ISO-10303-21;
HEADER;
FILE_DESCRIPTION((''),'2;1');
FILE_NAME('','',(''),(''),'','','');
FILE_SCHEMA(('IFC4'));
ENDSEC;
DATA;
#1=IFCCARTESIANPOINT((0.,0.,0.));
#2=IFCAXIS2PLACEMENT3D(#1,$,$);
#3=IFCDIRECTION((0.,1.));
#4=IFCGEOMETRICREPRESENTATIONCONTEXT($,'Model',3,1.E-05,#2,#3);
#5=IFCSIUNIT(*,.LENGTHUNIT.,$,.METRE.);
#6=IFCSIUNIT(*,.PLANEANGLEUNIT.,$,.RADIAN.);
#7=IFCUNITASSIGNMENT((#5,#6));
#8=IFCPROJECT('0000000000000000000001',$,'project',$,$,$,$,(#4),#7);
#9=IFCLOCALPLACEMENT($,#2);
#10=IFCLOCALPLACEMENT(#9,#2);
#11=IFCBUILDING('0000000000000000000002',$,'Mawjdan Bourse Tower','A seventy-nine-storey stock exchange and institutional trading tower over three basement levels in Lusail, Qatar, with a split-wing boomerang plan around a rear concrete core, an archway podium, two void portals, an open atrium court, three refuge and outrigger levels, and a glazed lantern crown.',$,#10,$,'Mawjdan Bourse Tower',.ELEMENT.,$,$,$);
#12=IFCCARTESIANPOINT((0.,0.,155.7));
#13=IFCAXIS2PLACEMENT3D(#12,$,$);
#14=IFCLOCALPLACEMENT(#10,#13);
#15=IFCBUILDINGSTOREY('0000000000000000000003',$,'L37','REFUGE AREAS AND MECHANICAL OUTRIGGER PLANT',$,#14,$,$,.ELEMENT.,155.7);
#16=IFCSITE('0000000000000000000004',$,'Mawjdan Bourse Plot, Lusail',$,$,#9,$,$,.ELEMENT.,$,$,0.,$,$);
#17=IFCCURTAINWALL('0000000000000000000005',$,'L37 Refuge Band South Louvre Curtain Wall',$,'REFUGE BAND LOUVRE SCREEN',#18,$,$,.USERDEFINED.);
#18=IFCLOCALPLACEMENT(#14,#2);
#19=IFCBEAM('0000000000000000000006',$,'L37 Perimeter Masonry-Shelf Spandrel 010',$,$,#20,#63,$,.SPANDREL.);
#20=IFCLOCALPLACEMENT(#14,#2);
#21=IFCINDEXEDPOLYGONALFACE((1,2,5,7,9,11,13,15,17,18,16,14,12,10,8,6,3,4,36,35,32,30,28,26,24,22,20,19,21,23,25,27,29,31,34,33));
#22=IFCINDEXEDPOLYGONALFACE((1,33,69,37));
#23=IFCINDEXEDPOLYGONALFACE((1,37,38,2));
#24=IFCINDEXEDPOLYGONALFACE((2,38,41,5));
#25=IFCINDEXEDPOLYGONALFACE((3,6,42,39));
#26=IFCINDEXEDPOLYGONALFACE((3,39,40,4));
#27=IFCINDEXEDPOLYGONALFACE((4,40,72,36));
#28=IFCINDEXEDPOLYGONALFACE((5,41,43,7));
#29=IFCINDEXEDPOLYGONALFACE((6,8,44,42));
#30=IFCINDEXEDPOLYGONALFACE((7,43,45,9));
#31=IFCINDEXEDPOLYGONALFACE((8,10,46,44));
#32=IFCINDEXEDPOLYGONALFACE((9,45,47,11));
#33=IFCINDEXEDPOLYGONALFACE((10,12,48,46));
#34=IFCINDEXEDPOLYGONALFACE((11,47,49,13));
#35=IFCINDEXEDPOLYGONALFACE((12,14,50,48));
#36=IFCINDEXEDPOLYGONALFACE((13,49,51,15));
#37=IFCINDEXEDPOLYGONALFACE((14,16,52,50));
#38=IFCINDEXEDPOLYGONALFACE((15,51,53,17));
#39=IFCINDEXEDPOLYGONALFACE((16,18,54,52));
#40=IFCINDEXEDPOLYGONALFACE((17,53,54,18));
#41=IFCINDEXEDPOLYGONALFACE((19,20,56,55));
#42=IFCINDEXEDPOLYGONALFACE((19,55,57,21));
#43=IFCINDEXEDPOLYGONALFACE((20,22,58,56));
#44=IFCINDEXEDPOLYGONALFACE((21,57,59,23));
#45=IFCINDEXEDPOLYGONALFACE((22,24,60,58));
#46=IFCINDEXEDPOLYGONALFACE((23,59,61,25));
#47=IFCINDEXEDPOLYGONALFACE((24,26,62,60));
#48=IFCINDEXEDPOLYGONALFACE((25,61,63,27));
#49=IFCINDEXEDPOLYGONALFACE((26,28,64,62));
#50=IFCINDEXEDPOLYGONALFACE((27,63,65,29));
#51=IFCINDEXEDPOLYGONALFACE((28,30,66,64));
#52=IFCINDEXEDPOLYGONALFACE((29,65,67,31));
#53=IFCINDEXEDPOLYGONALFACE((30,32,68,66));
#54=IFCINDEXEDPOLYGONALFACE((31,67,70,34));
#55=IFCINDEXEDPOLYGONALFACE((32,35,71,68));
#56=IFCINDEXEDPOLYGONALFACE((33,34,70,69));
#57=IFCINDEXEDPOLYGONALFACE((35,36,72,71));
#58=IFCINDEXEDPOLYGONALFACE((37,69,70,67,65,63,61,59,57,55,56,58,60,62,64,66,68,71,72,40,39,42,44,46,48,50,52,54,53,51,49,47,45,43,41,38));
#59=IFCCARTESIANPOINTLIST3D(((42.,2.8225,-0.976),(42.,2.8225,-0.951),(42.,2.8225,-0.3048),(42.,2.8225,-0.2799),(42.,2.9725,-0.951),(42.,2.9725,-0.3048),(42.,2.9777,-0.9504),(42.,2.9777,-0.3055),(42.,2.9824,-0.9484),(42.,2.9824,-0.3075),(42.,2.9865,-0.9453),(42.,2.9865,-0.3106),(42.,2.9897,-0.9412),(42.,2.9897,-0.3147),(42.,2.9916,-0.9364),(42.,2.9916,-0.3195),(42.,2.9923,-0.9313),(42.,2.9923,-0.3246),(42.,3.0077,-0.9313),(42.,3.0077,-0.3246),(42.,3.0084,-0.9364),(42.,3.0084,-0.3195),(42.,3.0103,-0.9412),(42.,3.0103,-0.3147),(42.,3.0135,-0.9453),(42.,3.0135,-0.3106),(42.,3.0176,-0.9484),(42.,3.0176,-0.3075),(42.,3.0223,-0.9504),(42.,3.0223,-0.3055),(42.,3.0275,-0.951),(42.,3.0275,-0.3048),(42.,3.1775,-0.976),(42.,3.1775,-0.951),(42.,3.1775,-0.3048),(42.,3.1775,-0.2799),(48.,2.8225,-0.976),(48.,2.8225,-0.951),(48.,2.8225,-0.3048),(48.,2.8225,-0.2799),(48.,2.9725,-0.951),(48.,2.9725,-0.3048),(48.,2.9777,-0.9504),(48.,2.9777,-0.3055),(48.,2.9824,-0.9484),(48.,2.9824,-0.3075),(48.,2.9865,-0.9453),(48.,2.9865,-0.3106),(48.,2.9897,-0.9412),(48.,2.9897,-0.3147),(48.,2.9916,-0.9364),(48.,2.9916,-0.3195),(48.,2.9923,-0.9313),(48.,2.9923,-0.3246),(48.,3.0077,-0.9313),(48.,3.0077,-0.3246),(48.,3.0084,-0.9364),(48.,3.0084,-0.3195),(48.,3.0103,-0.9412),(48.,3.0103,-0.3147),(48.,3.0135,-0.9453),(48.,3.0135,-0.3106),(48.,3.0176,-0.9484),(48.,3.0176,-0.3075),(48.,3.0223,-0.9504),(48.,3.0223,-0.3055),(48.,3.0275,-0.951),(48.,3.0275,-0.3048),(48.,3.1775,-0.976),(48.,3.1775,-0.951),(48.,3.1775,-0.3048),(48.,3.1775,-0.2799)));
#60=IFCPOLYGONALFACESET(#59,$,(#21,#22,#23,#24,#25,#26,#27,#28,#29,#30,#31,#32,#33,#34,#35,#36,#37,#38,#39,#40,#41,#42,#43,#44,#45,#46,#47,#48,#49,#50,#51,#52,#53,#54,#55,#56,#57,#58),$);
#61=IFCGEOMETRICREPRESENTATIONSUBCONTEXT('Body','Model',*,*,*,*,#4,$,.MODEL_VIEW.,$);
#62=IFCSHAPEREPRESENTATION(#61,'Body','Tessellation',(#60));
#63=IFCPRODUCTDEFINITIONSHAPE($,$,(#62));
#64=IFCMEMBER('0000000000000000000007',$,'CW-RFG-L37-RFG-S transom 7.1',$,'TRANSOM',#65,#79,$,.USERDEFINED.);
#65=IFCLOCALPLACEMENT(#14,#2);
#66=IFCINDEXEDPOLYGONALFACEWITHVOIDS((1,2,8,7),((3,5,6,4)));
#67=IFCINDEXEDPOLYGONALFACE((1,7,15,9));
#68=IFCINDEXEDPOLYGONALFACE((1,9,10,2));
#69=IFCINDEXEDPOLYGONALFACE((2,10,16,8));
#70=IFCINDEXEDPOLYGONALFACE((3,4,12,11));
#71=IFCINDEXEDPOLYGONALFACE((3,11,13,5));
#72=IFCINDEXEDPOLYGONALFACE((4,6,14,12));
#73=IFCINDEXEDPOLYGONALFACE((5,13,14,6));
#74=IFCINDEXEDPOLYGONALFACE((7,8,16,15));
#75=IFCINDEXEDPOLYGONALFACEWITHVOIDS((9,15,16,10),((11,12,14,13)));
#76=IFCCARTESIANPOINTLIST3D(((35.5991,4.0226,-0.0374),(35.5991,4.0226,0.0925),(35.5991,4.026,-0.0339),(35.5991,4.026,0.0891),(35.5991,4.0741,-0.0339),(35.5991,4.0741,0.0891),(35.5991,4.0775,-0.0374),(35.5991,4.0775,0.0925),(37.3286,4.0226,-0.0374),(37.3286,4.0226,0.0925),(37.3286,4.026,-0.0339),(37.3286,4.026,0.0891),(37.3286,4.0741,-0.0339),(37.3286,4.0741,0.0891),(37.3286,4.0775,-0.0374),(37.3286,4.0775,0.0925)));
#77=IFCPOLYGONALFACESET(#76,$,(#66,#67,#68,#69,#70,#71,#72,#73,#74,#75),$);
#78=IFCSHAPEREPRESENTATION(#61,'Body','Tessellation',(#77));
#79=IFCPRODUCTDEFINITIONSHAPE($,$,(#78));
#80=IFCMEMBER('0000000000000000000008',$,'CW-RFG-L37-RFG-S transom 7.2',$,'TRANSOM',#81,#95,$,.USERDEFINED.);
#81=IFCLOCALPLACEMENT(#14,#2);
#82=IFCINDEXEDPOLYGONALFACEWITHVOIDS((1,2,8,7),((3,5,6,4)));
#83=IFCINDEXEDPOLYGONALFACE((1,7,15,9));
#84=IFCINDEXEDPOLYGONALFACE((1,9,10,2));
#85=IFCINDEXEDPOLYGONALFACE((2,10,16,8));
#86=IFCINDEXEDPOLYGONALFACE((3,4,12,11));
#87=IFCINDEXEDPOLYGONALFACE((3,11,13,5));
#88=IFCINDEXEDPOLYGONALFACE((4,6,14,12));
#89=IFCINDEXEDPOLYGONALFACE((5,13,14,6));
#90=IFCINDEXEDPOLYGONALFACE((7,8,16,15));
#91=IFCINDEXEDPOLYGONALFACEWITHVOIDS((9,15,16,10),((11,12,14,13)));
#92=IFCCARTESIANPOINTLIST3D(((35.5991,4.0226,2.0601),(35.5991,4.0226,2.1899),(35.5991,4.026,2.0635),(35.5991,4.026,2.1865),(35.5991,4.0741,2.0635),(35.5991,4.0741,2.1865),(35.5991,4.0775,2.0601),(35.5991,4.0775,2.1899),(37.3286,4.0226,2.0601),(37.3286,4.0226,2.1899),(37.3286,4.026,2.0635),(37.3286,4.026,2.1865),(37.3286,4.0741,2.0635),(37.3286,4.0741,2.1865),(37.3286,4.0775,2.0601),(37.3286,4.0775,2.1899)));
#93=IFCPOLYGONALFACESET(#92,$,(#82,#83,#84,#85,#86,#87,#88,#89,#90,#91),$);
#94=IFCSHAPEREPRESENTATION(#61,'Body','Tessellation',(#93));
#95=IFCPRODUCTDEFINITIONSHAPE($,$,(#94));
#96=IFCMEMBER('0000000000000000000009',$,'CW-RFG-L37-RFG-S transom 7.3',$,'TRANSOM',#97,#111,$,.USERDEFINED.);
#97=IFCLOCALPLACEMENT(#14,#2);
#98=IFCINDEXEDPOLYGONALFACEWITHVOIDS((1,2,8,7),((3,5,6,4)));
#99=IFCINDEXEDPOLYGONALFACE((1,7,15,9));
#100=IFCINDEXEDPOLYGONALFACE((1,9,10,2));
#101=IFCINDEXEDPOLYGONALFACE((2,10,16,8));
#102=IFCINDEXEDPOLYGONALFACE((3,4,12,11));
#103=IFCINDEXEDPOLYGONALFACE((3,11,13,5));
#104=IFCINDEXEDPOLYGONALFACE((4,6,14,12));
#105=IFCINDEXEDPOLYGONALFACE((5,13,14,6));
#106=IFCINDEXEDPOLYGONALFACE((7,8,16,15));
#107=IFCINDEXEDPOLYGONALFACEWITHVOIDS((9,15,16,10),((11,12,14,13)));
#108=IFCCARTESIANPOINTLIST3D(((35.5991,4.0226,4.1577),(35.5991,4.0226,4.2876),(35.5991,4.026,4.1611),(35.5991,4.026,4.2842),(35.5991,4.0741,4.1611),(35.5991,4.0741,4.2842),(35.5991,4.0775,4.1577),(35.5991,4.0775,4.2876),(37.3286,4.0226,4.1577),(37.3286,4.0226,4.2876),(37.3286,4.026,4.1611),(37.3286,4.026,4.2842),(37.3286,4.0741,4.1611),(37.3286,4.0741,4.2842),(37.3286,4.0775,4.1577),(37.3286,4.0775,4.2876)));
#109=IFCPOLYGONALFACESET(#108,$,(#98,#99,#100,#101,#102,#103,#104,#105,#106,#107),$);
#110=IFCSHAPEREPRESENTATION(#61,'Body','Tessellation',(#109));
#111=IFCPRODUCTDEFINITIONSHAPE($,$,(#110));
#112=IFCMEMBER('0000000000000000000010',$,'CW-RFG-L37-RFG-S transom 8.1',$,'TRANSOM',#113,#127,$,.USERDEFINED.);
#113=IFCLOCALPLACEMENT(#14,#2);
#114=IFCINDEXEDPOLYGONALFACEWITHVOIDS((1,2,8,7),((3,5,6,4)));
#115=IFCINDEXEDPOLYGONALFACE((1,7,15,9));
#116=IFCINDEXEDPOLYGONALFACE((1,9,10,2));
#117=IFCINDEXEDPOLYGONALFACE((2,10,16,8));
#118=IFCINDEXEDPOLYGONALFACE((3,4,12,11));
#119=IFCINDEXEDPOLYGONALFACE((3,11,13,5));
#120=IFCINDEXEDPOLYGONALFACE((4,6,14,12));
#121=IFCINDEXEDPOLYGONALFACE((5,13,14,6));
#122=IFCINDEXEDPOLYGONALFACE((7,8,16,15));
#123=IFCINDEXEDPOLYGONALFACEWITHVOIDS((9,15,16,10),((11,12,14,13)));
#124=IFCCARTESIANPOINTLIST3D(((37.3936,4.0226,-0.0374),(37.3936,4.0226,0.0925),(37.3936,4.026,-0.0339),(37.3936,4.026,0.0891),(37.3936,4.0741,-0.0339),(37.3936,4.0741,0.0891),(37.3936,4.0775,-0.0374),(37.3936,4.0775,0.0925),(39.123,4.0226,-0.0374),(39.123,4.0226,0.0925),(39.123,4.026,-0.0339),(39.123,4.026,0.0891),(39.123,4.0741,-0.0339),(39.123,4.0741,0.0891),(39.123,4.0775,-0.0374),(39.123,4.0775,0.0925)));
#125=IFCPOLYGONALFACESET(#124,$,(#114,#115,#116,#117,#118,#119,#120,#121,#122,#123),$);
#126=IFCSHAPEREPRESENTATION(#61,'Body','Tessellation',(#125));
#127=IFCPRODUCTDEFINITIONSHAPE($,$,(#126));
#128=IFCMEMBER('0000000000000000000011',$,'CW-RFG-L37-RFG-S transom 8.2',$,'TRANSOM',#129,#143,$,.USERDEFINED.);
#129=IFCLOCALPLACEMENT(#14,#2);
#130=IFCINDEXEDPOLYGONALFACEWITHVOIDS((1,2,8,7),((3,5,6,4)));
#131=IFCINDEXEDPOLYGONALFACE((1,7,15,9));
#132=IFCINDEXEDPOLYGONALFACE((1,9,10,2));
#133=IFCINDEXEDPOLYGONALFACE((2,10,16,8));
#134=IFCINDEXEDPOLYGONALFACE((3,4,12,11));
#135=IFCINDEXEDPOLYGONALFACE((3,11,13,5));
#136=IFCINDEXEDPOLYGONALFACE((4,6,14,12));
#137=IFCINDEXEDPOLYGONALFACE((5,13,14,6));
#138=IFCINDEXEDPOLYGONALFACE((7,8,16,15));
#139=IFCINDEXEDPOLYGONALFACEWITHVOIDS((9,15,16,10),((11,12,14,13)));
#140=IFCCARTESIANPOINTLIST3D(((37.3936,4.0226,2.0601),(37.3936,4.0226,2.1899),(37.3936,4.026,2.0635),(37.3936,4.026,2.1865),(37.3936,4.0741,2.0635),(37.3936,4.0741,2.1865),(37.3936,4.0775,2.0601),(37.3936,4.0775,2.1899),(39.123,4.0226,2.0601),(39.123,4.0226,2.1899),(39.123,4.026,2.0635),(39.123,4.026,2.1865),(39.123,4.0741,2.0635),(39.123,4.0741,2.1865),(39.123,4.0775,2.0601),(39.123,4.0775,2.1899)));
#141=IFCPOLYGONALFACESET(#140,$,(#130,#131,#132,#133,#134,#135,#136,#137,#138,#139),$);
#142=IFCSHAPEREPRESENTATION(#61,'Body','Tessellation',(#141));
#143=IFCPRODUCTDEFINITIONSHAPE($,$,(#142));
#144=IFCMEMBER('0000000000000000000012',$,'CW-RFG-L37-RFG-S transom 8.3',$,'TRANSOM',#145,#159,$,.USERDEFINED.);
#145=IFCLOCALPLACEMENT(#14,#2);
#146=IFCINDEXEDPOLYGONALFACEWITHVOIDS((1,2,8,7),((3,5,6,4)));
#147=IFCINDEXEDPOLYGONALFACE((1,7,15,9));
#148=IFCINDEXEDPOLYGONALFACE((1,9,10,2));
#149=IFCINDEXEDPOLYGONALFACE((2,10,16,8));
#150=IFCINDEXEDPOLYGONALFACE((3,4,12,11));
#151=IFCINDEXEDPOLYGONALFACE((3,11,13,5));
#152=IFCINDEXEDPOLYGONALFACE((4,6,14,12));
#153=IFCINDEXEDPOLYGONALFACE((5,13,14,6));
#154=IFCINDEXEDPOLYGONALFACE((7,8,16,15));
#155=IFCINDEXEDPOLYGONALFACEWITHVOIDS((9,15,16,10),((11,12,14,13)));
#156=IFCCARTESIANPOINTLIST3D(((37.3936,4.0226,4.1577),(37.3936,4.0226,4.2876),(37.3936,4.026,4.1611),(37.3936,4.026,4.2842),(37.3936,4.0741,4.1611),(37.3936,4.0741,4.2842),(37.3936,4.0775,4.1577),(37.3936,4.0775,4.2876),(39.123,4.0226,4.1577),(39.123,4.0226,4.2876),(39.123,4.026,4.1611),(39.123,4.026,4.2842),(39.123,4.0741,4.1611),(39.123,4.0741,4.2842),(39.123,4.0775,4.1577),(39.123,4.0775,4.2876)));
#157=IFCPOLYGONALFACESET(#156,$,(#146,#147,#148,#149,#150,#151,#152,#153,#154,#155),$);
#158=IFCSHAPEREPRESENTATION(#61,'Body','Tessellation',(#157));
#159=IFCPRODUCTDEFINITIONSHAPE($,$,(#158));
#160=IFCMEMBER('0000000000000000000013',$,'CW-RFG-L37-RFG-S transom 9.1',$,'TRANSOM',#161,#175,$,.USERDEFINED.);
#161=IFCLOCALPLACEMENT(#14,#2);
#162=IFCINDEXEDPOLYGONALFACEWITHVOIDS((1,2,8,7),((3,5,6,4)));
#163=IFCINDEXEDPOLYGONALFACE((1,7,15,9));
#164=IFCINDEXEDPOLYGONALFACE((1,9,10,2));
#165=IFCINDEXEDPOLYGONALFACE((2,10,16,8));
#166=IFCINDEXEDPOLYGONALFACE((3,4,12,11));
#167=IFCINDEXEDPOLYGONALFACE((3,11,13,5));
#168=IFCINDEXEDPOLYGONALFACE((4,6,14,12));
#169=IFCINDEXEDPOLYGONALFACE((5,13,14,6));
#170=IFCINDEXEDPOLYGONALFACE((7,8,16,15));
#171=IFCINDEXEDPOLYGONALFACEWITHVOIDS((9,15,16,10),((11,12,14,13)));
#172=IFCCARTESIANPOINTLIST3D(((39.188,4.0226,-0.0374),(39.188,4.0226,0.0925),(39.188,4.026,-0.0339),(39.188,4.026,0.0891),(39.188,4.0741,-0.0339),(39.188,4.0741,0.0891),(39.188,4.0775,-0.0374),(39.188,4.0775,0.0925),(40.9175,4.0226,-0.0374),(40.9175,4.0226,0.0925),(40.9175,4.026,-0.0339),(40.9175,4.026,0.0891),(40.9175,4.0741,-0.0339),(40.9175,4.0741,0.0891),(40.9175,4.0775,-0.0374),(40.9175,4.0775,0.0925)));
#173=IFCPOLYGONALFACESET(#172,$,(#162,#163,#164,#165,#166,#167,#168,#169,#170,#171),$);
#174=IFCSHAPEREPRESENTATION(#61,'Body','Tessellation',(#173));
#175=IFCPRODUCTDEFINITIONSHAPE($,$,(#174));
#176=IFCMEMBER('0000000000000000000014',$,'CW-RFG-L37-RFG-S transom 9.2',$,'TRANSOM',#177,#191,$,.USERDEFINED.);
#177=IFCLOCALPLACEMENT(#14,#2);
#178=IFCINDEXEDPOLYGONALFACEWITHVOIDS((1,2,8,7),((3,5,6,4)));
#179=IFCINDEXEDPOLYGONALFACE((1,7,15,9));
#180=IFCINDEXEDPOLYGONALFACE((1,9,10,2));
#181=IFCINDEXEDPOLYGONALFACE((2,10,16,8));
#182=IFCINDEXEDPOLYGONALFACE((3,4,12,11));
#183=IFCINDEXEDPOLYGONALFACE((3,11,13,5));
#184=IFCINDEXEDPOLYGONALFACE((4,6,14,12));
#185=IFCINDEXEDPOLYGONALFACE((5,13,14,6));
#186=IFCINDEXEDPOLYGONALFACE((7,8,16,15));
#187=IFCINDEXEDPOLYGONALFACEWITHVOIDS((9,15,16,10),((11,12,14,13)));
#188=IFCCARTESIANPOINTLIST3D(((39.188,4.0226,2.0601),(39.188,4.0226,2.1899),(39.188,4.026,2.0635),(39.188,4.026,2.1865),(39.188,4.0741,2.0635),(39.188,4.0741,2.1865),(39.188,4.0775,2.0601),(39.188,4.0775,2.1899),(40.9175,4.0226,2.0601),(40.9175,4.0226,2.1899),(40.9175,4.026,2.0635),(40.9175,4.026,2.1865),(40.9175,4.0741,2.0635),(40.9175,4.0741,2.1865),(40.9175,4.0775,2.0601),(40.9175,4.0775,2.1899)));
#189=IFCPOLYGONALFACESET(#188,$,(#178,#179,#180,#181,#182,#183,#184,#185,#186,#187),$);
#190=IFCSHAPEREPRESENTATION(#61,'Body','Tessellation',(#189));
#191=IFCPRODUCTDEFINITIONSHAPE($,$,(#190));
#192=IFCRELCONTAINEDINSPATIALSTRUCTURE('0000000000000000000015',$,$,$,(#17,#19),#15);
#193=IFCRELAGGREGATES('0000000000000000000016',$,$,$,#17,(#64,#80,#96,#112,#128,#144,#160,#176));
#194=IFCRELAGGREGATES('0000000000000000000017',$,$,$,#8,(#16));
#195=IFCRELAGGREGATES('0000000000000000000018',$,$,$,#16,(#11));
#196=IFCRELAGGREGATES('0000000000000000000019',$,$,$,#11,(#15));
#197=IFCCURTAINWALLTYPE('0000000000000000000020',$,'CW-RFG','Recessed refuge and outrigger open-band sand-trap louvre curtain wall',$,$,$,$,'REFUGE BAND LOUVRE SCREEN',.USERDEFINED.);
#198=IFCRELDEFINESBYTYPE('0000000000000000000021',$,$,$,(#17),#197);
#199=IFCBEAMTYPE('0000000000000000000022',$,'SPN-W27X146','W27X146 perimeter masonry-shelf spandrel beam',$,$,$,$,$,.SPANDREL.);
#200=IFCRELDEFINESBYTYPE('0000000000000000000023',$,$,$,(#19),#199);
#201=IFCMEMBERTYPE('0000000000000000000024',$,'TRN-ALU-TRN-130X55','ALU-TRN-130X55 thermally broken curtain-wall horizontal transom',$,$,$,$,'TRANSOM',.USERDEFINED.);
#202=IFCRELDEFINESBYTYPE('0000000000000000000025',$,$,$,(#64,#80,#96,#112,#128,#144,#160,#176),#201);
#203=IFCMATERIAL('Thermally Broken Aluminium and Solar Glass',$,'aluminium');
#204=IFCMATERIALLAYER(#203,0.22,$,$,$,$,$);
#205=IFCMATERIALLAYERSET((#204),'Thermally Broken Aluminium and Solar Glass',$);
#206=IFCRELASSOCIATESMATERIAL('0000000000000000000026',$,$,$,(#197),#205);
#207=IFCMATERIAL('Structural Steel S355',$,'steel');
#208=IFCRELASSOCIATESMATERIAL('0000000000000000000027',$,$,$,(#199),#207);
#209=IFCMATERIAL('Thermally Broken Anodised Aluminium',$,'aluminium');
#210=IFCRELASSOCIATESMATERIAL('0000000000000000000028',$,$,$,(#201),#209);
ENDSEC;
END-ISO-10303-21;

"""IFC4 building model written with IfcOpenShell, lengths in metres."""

from ifc_helpers import new_model, si_unit, direction, frame, origin, origin_2d, place, context, subcontext, project, spatial, hollow_rectangle, i_section, extrude, material, layer, layer_set, material_profile, profile_set, type_object, element, aggregate, save


model = new_model("IFC4")

# Units and contexts
model_context = context("Model", 3, precision=1e-05, world=origin(), true_north=direction((0.0, 1.0)))
body_context = subcontext(model_context, "Body", "Model", "MODEL_VIEW")
ifc_project = project(units=[si_unit("LENGTHUNIT", "METRE"), si_unit("PLANEANGLEUNIT", "RADIAN")], contexts=[model_context])

# Site, building, storey
site_placement = place(None, origin())
site = spatial("IfcSite", under=ifc_project, at=site_placement, Name="Mawjdan Bourse Plot, Lusail", CompositionType="ELEMENT", RefElevation=0.0)
building_placement = place(site_placement, origin())
building = spatial("IfcBuilding", under=site, at=building_placement, Name="Mawjdan Bourse Tower", Description="A seventy-nine-storey stock exchange and institutional trading tower over three basement levels in Lusail, Qatar, with a split-wing boomerang plan around a rear concrete core, an archway podium, two void portals, an open atrium court, three refuge and outrigger levels, and a glazed lantern crown.", LongName="Mawjdan Bourse Tower", CompositionType="ELEMENT")
storey_placement = place(building_placement, frame((0.0, 0.0, 155.7)))
storey = spatial("IfcBuildingStorey", under=building, at=storey_placement, Name="L37", Description="REFUGE AREAS AND MECHANICAL OUTRIGGER PLANT", CompositionType="ELEMENT", Elevation=155.7)

# Shared definitions
ifc_material_1 = material(Name="Structural Steel S355", Category="steel")

# Curtain wall
ifc_material_2 = material(Name="Thermally Broken Aluminium and Solar Glass", Category="aluminium")
ifc_layer_1 = layer(ifc_material_2, 0.22)
ifc_layer_set_1 = layer_set([ifc_layer_1], Name="Thermally Broken Aluminium and Solar Glass")
curtain_wall_type = type_object("IfcCurtainWallType", Name="CW-RFG", Description="Recessed refuge and outrigger open-band sand-trap louvre curtain wall", ElementType="REFUGE BAND LOUVRE SCREEN", PredefinedType="USERDEFINED", material=ifc_layer_set_1)
curtain_wall_placement = place(storey_placement, origin())
curtain_wall = element("IfcCurtainWall", 1, at=curtain_wall_placement, inside=storey, type_object=curtain_wall_type, Name="L37 Refuge Band South Louvre Curtain Wall", ObjectType="REFUGE BAND LOUVRE SCREEN", PredefinedType="USERDEFINED")
ifc_material_3 = material(Name="Thermally Broken Anodised Aluminium", Category="aluminium")

# Beam
ifc_material_profile_1 = material_profile(ifc_material_1, i_section(OverallWidth=0.355, OverallDepth=0.696, WebThickness=0.0154, FlangeThickness=0.0249, FilletRadius=0.0198, at=origin_2d()), Name="W27X146")
ifc_profile_set_1 = profile_set([ifc_material_profile_1], Name="Structural Steel S355")
beam_type_1 = type_object("IfcBeamType", Name="SPN-W27X146", Description="W27X146 perimeter masonry-shelf spandrel beam", PredefinedType="SPANDREL", material=ifc_profile_set_1)
beam_1_placement = place(storey_placement, frame((42.0, 3.0, -0.6279), z_axis=(1.0, 0.0, 0.0), x_axis=(0.0, 1.0, 0.0)))
element("IfcBeam", 2, at=beam_1_placement, inside=storey, type_object=beam_type_1, Name="L37 Perimeter Masonry-Shelf Spandrel 010", PredefinedType="SPANDREL", context=body_context, shape_type="SweptSolid", body=[
    extrude(i_section(OverallWidth=0.355, OverallDepth=0.696, WebThickness=0.0154, FlangeThickness=0.0249, FilletRadius=0.0198, at=origin_2d()), origin(), (0.0, 0.0, 1.0), 6.0),
])

# Members
ifc_material_profile_2 = material_profile(ifc_material_3, hollow_rectangle(XDim=0.0549, YDim=0.1299, WallThickness=0.0034, at=origin_2d()), Name="ALU-TRN-130X55")
ifc_profile_set_2 = profile_set([ifc_material_profile_2], Name="Thermally Broken Anodised Aluminium")
member_type_1 = type_object("IfcMemberType", Name="TRN-ALU-TRN-130X55", Description="ALU-TRN-130X55 thermally broken curtain-wall horizontal transom", ElementType="TRANSOM", PredefinedType="USERDEFINED", material=ifc_profile_set_2)
member_1_placement = place(storey_placement, frame((35.5991, 4.05, 0.0276), z_axis=(1.0, 0.0, 0.0), x_axis=(0.0, 1.0, 0.0)))
member_1 = element("IfcMember", 3, at=member_1_placement, type_object=member_type_1, Name="CW-RFG-L37-RFG-S transom 7.1", ObjectType="TRANSOM", PredefinedType="USERDEFINED", context=body_context, shape_type="SweptSolid", body=[
    extrude(hollow_rectangle(XDim=0.0549, YDim=0.1299, WallThickness=0.0034, at=origin_2d()), origin(), (0.0, 0.0, 1.0), 1.7295),
])
member_2_placement = place(storey_placement, frame((35.5991, 4.05, 2.125), z_axis=(1.0, 0.0, 0.0), x_axis=(0.0, 1.0, 0.0)))
member_2 = element("IfcMember", 4, at=member_2_placement, type_object=member_type_1, Name="CW-RFG-L37-RFG-S transom 7.2", ObjectType="TRANSOM", PredefinedType="USERDEFINED", context=body_context, shape_type="SweptSolid", body=[
    extrude(hollow_rectangle(XDim=0.0549, YDim=0.1299, WallThickness=0.0034, at=origin_2d()), origin(), (0.0, 0.0, 1.0), 1.7295),
])
member_3_placement = place(storey_placement, frame((35.5991, 4.05, 4.2227), z_axis=(1.0, 0.0, 0.0), x_axis=(0.0, 1.0, 0.0)))
member_3 = element("IfcMember", 5, at=member_3_placement, type_object=member_type_1, Name="CW-RFG-L37-RFG-S transom 7.3", ObjectType="TRANSOM", PredefinedType="USERDEFINED", context=body_context, shape_type="SweptSolid", body=[
    extrude(hollow_rectangle(XDim=0.0549, YDim=0.1299, WallThickness=0.0034, at=origin_2d()), origin(), (0.0, 0.0, 1.0), 1.7295),
])
member_4_placement = place(storey_placement, frame((37.3936, 4.05, 0.0276), z_axis=(1.0, 0.0, 0.0), x_axis=(0.0, 1.0, 0.0)))
member_4 = element("IfcMember", 6, at=member_4_placement, type_object=member_type_1, Name="CW-RFG-L37-RFG-S transom 8.1", ObjectType="TRANSOM", PredefinedType="USERDEFINED", context=body_context, shape_type="SweptSolid", body=[
    extrude(hollow_rectangle(XDim=0.0549, YDim=0.1299, WallThickness=0.0034, at=origin_2d()), origin(), (0.0, 0.0, 1.0), 1.7295),
])
member_5_placement = place(storey_placement, frame((37.3936, 4.05, 2.125), z_axis=(1.0, 0.0, 0.0), x_axis=(0.0, 1.0, 0.0)))
member_5 = element("IfcMember", 7, at=member_5_placement, type_object=member_type_1, Name="CW-RFG-L37-RFG-S transom 8.2", ObjectType="TRANSOM", PredefinedType="USERDEFINED", context=body_context, shape_type="SweptSolid", body=[
    extrude(hollow_rectangle(XDim=0.0549, YDim=0.1299, WallThickness=0.0034, at=origin_2d()), origin(), (0.0, 0.0, 1.0), 1.7295),
])
member_6_placement = place(storey_placement, frame((37.3936, 4.05, 4.2227), z_axis=(1.0, 0.0, 0.0), x_axis=(0.0, 1.0, 0.0)))
member_6 = element("IfcMember", 8, at=member_6_placement, type_object=member_type_1, Name="CW-RFG-L37-RFG-S transom 8.3", ObjectType="TRANSOM", PredefinedType="USERDEFINED", context=body_context, shape_type="SweptSolid", body=[
    extrude(hollow_rectangle(XDim=0.0549, YDim=0.1299, WallThickness=0.0034, at=origin_2d()), origin(), (0.0, 0.0, 1.0), 1.7295),
])
member_7_placement = place(storey_placement, frame((39.188, 4.05, 0.0276), z_axis=(1.0, 0.0, 0.0), x_axis=(0.0, 1.0, 0.0)))
member_7 = element("IfcMember", 9, at=member_7_placement, type_object=member_type_1, Name="CW-RFG-L37-RFG-S transom 9.1", ObjectType="TRANSOM", PredefinedType="USERDEFINED", context=body_context, shape_type="SweptSolid", body=[
    extrude(hollow_rectangle(XDim=0.0549, YDim=0.1299, WallThickness=0.0034, at=origin_2d()), origin(), (0.0, 0.0, 1.0), 1.7295),
])
member_8_placement = place(storey_placement, frame((39.188, 4.05, 2.125), z_axis=(1.0, 0.0, 0.0), x_axis=(0.0, 1.0, 0.0)))
member_8 = element("IfcMember", 10, at=member_8_placement, type_object=member_type_1, Name="CW-RFG-L37-RFG-S transom 9.2", ObjectType="TRANSOM", PredefinedType="USERDEFINED", context=body_context, shape_type="SweptSolid", body=[
    extrude(hollow_rectangle(XDim=0.0549, YDim=0.1299, WallThickness=0.0034, at=origin_2d()), origin(), (0.0, 0.0, 1.0), 1.7295),
])

aggregate(curtain_wall, [member_1, member_2, member_3, member_4, member_5, member_6, member_7, member_8])

save(model, "model.ifc")
